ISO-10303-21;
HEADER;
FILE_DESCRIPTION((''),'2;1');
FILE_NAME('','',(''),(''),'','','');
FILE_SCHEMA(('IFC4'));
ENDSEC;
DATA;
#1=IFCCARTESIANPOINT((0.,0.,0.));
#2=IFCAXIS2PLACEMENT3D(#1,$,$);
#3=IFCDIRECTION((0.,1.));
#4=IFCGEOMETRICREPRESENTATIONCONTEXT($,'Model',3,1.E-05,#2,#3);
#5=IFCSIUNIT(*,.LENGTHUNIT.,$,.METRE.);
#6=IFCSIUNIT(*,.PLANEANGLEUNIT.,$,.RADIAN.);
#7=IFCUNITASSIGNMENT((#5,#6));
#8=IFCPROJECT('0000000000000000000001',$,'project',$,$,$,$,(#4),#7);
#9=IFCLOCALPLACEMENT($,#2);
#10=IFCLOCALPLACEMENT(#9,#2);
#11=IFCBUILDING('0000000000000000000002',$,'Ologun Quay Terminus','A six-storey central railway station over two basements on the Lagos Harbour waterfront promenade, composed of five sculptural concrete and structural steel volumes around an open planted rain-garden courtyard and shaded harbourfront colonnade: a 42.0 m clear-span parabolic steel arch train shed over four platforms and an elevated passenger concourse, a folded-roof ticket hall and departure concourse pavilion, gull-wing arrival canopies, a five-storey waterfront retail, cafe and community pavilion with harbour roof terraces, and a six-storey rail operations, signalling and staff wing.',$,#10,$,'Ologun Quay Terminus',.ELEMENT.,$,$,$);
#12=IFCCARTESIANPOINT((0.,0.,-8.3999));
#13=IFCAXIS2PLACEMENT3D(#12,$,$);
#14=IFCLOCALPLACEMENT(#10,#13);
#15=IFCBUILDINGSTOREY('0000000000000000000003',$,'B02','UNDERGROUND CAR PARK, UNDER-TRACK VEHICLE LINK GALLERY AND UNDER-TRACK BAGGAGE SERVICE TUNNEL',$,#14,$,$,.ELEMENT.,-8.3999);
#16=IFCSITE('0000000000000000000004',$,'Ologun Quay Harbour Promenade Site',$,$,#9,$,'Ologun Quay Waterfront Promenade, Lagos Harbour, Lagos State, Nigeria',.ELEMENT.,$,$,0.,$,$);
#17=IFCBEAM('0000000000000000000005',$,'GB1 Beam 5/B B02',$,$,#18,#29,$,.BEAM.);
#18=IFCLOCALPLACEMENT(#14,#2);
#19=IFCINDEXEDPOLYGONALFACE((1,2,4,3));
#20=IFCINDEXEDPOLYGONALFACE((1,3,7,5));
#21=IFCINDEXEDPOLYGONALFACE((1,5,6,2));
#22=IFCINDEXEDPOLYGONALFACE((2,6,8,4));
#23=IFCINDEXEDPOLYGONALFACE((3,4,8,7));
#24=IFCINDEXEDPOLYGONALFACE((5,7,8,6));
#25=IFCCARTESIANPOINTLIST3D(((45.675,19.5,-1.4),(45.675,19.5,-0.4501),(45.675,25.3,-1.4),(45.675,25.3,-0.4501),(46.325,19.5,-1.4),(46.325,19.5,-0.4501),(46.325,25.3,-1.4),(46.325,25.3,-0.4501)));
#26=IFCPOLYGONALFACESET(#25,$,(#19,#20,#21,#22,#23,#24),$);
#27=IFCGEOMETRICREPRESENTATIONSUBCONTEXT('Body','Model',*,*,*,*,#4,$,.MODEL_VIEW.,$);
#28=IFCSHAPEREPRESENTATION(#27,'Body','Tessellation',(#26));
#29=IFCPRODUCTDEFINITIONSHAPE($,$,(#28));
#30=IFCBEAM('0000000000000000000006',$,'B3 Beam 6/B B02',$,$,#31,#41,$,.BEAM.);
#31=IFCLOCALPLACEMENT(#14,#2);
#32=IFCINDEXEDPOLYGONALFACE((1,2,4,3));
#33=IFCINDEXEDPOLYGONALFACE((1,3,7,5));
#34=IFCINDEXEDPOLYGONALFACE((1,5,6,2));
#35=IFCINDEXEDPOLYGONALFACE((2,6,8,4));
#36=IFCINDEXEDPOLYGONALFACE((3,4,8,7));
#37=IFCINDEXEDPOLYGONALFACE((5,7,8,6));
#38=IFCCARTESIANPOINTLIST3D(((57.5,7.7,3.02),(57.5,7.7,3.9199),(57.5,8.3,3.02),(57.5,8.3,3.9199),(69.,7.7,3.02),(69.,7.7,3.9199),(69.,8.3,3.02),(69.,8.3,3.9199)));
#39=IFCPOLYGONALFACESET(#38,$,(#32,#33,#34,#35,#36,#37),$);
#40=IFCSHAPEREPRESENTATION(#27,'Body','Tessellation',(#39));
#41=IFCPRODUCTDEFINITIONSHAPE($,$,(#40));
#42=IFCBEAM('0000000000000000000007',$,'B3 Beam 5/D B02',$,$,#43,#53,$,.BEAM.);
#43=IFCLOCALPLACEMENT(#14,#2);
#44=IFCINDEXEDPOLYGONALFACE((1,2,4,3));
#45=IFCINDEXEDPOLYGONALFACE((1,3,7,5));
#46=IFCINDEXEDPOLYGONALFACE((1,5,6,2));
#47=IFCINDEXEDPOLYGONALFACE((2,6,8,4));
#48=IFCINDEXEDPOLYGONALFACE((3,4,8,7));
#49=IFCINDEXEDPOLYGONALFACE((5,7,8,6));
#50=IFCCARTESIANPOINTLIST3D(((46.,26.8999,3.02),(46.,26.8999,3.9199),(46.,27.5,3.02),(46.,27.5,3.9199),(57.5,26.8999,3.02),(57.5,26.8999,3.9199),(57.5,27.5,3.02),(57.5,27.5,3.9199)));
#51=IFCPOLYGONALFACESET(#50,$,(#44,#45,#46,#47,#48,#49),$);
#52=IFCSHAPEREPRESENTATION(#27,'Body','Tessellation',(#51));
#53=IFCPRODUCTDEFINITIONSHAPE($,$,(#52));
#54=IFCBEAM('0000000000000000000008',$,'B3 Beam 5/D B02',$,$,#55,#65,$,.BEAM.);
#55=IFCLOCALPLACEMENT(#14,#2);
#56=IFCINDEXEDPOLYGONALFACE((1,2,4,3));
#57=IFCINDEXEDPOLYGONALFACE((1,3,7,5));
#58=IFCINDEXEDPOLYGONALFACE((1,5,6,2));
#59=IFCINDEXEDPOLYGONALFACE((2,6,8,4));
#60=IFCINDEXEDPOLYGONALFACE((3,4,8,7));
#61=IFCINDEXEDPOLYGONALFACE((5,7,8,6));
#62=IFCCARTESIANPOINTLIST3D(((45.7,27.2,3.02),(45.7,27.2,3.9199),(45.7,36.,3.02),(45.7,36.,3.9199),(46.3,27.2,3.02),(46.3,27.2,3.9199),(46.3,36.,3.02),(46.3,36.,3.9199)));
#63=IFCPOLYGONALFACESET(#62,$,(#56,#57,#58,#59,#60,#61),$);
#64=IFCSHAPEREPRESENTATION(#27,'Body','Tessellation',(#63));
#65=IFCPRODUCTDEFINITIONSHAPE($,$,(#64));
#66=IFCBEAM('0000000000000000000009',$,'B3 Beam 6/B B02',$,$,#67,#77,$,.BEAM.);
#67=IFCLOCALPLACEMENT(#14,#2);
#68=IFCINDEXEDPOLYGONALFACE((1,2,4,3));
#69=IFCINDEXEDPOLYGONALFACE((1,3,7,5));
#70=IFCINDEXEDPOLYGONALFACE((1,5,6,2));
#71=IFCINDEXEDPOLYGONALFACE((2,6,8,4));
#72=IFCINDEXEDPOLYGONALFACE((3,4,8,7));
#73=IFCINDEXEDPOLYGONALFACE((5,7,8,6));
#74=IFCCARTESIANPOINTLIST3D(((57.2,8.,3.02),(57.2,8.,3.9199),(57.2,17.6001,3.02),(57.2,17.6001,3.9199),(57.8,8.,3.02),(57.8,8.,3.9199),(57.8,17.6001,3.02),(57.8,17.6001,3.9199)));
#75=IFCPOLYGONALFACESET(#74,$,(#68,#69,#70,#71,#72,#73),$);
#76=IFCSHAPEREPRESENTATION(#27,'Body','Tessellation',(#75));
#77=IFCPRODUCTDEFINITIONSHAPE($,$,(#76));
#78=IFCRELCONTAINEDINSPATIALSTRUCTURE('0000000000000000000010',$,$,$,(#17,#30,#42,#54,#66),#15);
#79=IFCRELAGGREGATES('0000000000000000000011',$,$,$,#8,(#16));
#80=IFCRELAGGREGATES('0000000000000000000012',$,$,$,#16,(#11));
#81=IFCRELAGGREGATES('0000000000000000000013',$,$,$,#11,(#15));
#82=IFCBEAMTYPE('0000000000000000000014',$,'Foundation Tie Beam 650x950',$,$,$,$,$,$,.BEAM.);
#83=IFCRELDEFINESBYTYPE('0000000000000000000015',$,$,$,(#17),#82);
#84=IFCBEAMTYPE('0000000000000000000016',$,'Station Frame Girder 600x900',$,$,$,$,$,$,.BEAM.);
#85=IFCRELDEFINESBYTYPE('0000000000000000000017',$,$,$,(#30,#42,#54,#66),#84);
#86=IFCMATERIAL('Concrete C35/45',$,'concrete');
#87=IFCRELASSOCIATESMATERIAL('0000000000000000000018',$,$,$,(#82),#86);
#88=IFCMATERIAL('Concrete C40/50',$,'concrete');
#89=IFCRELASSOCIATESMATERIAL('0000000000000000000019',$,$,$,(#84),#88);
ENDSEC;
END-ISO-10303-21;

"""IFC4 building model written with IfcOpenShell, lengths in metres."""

from ifc_helpers import new_model, si_unit, direction, frame, origin, origin_2d, place, context, subcontext, project, spatial, rectangle, extrude, material, material_profile, profile_set, type_object, element, save


model = new_model("IFC4")

# Units and contexts
model_context = context("Model", 3, precision=1e-05, world=origin(), true_north=direction((0.0, 1.0)))
body_context = subcontext(model_context, "Body", "Model", "MODEL_VIEW")
ifc_project = project(units=[si_unit("LENGTHUNIT", "METRE"), si_unit("PLANEANGLEUNIT", "RADIAN")], contexts=[model_context])

# Site, building, storey
site_placement = place(None, origin())
site = spatial("IfcSite", under=ifc_project, at=site_placement, Name="Ologun Quay Harbour Promenade Site", LongName="Ologun Quay Waterfront Promenade, Lagos Harbour, Lagos State, Nigeria", CompositionType="ELEMENT", RefElevation=0.0)
building_placement = place(site_placement, origin())
building = spatial("IfcBuilding", under=site, at=building_placement, Name="Ologun Quay Terminus", Description="A six-storey central railway station over two basements on the Lagos Harbour waterfront promenade, composed of five sculptural concrete and structural steel volumes around an open planted rain-garden courtyard and shaded harbourfront colonnade: a 42.0 m clear-span parabolic steel arch train shed over four platforms and an elevated passenger concourse, a folded-roof ticket hall and departure concourse pavilion, gull-wing arrival canopies, a five-storey waterfront retail, cafe and community pavilion with harbour roof terraces, and a six-storey rail operations, signalling and staff wing.", LongName="Ologun Quay Terminus", CompositionType="ELEMENT")
storey_placement = place(building_placement, frame((0.0, 0.0, -8.3999)))
storey = spatial("IfcBuildingStorey", under=building, at=storey_placement, Name="B02", Description="UNDERGROUND CAR PARK, UNDER-TRACK VEHICLE LINK GALLERY AND UNDER-TRACK BAGGAGE SERVICE TUNNEL", CompositionType="ELEMENT", Elevation=-8.3999)

# Beams
ifc_material_1 = material(Name="Concrete C35/45", Category="concrete")
ifc_material_profile_1 = material_profile(ifc_material_1, rectangle(XDim=0.6499, YDim=0.95, at=origin_2d()), Name="RC 650x950")
ifc_profile_set_1 = profile_set([ifc_material_profile_1], Name="Concrete C35/45")
beam_type_1 = type_object("IfcBeamType", Name="Foundation Tie Beam 650x950", PredefinedType="BEAM", material=ifc_profile_set_1)
beam_1_placement = place(storey_placement, frame((46.0, 19.5, -0.925), z_axis=(0.0, 1.0, 0.0), x_axis=(-1.0, 0.0, 0.0)))
element("IfcBeam", 1, at=beam_1_placement, inside=storey, type_object=beam_type_1, Name="GB1 Beam 5/B B02", PredefinedType="BEAM", context=body_context, shape_type="SweptSolid", body=[
    extrude(rectangle(XDim=0.6499, YDim=0.95, at=origin_2d()), origin(), (0.0, 0.0, 1.0), 5.8),
])
ifc_material_2 = material(Name="Concrete C40/50", Category="concrete")
ifc_material_profile_2 = material_profile(ifc_material_2, rectangle(XDim=0.6001, YDim=0.8999, at=origin_2d()), Name="RC 600x900")
ifc_profile_set_2 = profile_set([ifc_material_profile_2], Name="Concrete C40/50")
beam_type_2 = type_object("IfcBeamType", Name="Station Frame Girder 600x900", PredefinedType="BEAM", material=ifc_profile_set_2)
for number, where, z_axis, x_axis, name in (
    (2, (57.5, 8.0, 3.47), (1.0, 0.0, 0.0), (0.0, 1.0, 0.0), "B3 Beam 6/B B02"),
    (3, (46.0, 27.2, 3.47), (1.0, 0.0, 0.0), (0.0, 1.0, 0.0), "B3 Beam 5/D B02"),
):
    element("IfcBeam", number, at=place(storey_placement, frame(where, z_axis=z_axis, x_axis=x_axis)), inside=storey, type_object=beam_type_2, Name=name, PredefinedType="BEAM", context=body_context, shape_type="SweptSolid", body=[
        extrude(rectangle(XDim=0.6001, YDim=0.8999, at=origin_2d()), origin(), (0.0, 0.0, 1.0), 11.5),
    ])
beam_2_placement = place(storey_placement, frame((46.0, 27.2, 3.47), z_axis=(0.0, 1.0, 0.0), x_axis=(-1.0, 0.0, 0.0)))
element("IfcBeam", 4, at=beam_2_placement, inside=storey, type_object=beam_type_2, Name="B3 Beam 5/D B02", PredefinedType="BEAM", context=body_context, shape_type="SweptSolid", body=[
    extrude(rectangle(XDim=0.6001, YDim=0.8999, at=origin_2d()), origin(), (0.0, 0.0, 1.0), 8.8),
])
beam_3_placement = place(storey_placement, frame((57.5, 8.0, 3.47), z_axis=(0.0, 1.0, 0.0), x_axis=(-1.0, 0.0, 0.0)))
element("IfcBeam", 5, at=beam_3_placement, inside=storey, type_object=beam_type_2, Name="B3 Beam 6/B B02", PredefinedType="BEAM", context=body_context, shape_type="SweptSolid", body=[
    extrude(rectangle(XDim=0.6001, YDim=0.8999, at=origin_2d()), origin(), (0.0, 0.0, 1.0), 9.6001),
])

save(model, "model.ifc")
